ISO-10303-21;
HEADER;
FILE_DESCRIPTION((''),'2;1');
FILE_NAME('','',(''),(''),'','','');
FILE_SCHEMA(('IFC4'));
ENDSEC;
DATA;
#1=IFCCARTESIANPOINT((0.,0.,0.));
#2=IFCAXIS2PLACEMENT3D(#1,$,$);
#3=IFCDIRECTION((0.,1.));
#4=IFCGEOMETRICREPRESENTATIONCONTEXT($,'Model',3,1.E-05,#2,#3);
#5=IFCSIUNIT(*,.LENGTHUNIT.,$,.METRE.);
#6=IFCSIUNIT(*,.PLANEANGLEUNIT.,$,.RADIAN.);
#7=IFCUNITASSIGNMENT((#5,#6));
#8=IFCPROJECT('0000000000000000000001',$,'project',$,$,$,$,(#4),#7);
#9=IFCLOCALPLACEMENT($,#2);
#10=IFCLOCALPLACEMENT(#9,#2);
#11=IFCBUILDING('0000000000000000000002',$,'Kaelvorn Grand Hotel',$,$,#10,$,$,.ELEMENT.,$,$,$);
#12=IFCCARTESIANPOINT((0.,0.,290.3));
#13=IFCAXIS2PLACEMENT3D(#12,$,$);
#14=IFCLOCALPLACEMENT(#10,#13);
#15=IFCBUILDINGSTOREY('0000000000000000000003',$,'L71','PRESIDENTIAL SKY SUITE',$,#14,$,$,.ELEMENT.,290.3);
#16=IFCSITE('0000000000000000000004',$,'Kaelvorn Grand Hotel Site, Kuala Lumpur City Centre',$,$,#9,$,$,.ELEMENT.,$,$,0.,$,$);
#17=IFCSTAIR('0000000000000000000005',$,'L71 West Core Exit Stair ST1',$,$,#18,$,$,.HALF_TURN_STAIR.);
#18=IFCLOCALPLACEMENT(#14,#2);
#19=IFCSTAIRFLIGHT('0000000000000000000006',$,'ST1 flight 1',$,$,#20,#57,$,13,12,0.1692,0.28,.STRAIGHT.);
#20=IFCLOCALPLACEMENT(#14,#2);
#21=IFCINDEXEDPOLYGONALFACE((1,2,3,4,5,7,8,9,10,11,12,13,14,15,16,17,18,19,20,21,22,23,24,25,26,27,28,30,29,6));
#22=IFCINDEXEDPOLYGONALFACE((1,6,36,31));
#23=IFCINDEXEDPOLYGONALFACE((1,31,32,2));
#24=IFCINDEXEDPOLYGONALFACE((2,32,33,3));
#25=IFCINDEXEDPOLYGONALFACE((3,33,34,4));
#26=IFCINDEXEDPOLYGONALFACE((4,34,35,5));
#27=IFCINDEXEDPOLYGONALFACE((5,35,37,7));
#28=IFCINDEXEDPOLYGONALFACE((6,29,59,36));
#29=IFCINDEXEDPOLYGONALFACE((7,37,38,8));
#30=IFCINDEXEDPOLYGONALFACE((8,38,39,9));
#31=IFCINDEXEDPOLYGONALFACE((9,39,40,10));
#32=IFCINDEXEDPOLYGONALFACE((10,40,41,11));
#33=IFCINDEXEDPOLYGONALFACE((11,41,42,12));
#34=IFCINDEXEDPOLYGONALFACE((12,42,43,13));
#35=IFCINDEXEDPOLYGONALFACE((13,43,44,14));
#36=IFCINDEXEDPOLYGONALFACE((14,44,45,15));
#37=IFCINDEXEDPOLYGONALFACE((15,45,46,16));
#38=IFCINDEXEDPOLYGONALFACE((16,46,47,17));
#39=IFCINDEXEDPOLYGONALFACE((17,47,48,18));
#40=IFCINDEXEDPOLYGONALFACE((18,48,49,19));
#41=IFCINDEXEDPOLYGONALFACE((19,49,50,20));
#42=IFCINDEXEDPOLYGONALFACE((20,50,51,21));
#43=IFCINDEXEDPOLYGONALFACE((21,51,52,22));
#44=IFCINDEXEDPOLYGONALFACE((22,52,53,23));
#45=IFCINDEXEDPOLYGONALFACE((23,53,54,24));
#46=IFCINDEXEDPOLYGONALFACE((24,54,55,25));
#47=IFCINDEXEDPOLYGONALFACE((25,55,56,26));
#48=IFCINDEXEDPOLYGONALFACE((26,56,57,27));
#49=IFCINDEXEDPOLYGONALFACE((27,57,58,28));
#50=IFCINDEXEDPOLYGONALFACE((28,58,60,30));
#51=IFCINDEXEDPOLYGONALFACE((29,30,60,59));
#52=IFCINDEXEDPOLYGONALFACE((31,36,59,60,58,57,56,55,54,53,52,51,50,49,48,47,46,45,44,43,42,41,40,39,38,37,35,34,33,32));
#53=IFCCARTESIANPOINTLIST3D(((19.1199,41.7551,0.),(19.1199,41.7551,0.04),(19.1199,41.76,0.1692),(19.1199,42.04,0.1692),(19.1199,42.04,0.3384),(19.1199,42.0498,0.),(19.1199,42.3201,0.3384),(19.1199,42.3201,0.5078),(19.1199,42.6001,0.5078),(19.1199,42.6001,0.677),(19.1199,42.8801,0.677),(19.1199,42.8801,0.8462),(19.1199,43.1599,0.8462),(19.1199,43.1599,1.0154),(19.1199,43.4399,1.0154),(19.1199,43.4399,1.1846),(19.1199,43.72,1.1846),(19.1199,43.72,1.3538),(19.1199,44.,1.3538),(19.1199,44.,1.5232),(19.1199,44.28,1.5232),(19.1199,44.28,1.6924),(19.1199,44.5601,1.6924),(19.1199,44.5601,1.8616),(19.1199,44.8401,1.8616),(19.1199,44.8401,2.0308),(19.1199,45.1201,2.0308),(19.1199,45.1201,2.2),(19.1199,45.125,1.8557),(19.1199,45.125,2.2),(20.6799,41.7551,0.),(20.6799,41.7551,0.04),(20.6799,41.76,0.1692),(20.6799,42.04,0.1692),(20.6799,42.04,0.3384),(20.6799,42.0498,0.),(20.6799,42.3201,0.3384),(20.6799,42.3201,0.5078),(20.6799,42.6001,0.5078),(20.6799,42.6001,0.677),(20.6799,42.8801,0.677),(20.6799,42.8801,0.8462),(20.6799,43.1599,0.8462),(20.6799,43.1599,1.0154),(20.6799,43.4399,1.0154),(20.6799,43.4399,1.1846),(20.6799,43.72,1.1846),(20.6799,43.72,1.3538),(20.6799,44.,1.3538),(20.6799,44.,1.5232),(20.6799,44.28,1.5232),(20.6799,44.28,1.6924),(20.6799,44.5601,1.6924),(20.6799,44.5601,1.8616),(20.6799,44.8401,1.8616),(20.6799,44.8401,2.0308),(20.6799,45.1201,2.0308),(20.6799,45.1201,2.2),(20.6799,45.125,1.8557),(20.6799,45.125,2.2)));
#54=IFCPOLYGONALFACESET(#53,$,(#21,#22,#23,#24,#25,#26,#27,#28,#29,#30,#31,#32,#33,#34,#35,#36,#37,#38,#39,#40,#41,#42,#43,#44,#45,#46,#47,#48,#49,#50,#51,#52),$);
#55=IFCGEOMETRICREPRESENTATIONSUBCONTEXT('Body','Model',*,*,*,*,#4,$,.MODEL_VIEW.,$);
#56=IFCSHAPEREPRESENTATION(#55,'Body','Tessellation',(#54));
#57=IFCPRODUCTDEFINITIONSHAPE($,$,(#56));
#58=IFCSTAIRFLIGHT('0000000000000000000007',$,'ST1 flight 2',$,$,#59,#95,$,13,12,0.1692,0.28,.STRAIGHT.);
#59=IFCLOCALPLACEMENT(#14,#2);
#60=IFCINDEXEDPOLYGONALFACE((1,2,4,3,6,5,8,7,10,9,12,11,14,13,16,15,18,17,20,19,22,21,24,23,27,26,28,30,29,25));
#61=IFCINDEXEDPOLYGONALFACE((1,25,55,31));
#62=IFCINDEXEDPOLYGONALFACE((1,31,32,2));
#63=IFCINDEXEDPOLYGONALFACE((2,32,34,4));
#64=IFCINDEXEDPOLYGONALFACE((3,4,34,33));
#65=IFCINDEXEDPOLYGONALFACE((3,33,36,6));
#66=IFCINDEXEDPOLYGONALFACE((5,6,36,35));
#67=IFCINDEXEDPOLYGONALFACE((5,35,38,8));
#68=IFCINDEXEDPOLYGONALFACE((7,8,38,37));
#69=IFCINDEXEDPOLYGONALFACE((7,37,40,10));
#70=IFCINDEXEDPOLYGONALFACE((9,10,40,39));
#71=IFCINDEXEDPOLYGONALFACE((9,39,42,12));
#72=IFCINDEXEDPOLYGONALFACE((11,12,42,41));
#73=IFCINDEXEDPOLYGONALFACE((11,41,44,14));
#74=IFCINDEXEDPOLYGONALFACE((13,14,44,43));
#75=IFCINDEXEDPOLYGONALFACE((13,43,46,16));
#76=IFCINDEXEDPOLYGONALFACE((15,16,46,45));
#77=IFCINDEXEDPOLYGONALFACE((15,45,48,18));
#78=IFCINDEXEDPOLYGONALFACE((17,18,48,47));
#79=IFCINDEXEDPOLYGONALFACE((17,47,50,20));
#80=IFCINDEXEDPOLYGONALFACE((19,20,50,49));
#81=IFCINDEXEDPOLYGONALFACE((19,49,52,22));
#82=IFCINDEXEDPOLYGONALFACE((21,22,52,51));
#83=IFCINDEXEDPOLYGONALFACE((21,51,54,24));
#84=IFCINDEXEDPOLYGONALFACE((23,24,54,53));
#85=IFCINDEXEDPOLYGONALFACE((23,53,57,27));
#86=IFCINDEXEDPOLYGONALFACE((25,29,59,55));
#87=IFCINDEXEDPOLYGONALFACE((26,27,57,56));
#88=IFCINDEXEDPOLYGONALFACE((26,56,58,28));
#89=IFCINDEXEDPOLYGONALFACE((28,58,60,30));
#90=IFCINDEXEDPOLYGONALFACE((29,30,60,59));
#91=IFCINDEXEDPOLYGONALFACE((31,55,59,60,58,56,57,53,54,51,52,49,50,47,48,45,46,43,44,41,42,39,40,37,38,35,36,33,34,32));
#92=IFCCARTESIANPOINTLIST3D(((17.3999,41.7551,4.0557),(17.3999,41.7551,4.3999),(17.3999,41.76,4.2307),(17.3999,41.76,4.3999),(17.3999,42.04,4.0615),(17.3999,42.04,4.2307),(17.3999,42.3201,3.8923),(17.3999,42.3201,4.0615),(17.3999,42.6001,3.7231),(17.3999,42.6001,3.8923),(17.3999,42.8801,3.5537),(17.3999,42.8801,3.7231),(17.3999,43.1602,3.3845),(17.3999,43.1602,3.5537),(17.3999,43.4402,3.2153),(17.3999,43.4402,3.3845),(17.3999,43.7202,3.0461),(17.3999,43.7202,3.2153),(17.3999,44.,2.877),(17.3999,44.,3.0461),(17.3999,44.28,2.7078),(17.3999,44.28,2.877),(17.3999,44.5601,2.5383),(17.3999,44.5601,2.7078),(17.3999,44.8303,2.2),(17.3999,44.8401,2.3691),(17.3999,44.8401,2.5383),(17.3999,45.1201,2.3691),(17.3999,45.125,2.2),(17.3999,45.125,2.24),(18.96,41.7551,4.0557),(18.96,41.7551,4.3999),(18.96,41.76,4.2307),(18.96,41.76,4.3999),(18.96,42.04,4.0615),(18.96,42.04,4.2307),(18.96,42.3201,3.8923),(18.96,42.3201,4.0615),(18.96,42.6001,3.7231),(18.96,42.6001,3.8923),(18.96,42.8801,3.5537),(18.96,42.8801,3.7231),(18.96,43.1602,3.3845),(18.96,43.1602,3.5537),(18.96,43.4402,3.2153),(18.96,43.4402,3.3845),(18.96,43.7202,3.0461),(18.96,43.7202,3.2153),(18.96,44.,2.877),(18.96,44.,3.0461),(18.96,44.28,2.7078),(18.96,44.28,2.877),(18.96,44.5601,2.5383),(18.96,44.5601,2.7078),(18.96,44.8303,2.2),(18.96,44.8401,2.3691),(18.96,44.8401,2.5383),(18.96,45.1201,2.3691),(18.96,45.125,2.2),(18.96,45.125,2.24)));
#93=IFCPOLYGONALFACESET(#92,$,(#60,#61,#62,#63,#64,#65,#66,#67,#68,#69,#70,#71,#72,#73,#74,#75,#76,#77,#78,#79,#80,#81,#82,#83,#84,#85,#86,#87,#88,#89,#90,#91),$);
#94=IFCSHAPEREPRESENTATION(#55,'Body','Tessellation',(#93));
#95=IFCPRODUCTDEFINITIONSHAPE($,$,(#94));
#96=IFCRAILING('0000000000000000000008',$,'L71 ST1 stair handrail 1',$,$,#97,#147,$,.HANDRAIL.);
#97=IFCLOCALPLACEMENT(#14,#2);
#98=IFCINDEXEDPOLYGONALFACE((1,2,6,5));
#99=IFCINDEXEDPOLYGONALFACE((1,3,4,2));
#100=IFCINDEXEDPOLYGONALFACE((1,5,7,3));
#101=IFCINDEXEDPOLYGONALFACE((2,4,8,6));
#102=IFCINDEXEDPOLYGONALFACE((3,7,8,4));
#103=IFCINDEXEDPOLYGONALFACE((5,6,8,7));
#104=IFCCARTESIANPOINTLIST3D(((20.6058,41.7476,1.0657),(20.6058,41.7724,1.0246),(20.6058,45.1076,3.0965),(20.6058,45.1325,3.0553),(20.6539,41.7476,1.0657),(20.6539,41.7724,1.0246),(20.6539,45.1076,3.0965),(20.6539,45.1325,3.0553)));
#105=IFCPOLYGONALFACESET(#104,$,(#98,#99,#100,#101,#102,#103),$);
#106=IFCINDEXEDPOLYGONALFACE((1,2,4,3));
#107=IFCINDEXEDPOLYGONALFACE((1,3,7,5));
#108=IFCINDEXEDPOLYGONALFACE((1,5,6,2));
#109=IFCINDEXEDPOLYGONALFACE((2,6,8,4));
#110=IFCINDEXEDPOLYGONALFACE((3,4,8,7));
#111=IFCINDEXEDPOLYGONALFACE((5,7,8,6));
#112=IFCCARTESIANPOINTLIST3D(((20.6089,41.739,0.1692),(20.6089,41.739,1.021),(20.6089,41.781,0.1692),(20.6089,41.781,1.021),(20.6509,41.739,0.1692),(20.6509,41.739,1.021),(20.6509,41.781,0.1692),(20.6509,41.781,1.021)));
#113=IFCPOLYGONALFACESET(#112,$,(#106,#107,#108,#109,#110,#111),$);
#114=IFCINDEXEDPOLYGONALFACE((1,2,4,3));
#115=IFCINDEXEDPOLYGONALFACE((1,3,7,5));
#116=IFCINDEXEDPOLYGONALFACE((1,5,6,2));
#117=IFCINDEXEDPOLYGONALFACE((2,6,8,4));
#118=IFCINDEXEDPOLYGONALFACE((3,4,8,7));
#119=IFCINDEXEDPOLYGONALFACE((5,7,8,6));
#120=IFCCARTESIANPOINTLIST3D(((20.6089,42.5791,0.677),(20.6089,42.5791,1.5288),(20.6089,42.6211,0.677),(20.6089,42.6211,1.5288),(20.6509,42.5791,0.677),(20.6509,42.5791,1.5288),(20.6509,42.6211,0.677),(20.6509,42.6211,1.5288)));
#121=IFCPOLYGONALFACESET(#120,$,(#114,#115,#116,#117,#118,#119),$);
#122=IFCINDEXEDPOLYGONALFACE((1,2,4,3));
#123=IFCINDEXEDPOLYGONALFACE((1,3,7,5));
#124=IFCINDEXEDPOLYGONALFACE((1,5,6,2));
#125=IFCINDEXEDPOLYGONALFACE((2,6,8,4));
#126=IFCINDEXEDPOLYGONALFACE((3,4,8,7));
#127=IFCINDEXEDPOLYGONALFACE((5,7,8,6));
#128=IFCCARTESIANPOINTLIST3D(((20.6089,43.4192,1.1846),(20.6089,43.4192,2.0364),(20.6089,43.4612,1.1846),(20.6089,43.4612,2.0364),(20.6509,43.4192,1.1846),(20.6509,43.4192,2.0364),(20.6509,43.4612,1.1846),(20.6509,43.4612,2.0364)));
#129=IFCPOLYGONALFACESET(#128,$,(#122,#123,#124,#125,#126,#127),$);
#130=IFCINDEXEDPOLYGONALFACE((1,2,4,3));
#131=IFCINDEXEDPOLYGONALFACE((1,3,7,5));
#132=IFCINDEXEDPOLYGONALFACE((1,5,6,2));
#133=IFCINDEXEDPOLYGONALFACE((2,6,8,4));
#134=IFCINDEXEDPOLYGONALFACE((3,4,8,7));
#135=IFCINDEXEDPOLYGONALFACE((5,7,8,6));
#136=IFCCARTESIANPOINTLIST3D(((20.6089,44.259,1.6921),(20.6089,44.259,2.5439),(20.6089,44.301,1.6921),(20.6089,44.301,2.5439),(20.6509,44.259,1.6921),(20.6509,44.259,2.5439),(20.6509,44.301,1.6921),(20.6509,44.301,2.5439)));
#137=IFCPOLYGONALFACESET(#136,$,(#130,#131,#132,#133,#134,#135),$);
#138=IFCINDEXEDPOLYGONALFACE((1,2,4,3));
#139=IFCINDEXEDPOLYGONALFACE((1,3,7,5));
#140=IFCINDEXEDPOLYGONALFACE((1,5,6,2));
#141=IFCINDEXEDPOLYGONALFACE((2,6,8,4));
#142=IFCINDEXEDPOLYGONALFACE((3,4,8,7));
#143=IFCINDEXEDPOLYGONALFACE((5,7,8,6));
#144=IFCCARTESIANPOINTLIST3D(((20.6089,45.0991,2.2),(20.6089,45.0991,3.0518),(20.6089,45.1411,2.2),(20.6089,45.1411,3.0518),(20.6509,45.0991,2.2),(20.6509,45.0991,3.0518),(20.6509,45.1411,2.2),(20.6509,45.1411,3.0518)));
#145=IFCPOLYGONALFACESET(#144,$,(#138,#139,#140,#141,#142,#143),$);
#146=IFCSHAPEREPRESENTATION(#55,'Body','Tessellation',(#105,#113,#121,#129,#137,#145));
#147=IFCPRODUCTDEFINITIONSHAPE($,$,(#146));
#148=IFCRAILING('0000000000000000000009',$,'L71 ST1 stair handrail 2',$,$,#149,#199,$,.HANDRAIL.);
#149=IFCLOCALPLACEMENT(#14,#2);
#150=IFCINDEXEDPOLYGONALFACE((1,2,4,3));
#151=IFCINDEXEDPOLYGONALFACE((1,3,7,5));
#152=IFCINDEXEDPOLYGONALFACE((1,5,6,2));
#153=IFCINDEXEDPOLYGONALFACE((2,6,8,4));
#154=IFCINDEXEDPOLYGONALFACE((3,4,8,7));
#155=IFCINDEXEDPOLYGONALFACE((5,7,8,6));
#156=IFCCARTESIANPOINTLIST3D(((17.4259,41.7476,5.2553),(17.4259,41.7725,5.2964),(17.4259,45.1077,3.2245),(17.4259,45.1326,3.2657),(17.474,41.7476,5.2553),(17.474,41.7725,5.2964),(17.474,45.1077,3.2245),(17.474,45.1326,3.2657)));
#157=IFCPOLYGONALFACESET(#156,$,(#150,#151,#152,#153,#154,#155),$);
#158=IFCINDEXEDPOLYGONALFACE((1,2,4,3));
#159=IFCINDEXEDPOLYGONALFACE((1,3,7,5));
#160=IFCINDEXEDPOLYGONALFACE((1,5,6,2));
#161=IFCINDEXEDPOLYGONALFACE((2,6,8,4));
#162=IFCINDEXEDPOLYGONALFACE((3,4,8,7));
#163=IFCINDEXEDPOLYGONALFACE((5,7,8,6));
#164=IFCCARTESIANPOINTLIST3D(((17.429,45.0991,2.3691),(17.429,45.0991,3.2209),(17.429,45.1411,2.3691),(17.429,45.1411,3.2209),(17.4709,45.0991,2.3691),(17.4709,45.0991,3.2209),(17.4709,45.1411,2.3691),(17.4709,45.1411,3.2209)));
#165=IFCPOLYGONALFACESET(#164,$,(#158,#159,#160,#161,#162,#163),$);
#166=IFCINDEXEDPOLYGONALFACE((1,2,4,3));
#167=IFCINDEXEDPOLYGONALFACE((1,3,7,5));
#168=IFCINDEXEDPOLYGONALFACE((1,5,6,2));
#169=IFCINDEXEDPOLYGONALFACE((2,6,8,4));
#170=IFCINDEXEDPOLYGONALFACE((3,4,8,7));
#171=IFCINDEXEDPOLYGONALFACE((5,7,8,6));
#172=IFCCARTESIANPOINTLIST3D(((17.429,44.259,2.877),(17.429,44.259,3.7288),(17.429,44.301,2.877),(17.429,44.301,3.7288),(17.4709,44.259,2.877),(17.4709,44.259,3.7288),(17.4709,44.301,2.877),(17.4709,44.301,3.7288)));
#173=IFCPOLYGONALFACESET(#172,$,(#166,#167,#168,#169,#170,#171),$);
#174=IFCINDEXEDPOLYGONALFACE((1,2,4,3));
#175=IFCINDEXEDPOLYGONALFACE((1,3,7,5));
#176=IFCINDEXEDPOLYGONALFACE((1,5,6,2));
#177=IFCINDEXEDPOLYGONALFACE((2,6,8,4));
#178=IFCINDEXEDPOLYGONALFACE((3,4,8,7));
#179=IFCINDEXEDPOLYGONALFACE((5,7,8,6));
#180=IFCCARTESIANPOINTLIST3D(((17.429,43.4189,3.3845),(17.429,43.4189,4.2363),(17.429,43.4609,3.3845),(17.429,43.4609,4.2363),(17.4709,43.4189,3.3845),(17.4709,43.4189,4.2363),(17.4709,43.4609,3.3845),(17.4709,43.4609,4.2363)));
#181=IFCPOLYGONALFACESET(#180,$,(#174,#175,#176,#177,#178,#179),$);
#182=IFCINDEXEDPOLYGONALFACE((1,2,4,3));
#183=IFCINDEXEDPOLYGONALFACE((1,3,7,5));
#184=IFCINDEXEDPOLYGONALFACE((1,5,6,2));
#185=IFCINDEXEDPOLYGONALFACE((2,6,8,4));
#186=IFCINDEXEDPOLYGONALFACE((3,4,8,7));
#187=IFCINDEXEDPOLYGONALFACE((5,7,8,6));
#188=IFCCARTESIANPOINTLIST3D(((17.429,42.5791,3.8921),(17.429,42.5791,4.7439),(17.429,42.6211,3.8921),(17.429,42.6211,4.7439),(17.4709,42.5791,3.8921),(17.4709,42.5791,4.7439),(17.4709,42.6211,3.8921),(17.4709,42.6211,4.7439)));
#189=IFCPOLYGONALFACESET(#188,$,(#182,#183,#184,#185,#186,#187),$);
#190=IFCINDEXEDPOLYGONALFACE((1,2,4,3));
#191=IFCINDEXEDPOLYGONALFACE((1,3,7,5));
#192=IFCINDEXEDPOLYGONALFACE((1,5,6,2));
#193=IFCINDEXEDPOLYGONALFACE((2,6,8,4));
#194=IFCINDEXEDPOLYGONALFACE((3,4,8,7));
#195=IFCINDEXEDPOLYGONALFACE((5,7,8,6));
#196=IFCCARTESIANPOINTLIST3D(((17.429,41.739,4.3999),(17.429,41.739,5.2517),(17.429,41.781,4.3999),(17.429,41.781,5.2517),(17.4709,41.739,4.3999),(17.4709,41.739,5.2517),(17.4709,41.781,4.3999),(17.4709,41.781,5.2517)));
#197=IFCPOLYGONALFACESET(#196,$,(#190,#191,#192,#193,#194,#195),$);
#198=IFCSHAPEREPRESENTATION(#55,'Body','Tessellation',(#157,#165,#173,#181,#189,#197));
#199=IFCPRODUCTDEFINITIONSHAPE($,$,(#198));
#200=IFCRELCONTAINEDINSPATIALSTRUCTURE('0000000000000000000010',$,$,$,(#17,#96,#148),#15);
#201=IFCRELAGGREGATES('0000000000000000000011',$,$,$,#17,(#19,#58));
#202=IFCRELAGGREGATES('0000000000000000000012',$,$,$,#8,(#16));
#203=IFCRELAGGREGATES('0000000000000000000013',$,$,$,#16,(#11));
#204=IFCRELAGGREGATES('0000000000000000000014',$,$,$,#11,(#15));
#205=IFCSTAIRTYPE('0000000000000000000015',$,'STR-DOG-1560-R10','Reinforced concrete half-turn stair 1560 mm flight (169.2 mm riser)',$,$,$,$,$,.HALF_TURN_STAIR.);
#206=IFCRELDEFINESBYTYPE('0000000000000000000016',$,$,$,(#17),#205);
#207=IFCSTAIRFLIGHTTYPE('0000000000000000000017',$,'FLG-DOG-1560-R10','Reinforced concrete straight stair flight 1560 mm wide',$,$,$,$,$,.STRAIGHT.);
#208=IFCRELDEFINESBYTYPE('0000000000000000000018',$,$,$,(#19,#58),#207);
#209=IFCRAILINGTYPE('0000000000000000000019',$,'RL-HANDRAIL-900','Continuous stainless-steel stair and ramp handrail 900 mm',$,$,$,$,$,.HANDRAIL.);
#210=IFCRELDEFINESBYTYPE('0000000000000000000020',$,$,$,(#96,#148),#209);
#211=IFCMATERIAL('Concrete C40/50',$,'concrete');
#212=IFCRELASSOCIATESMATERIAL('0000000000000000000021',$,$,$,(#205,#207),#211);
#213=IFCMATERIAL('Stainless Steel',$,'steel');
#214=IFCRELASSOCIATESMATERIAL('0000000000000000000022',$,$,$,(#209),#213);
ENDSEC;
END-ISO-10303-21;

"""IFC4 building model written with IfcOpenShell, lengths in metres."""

from ifc_helpers import new_model, si_unit, direction, frame, origin, origin_2d, place, context, subcontext, project, spatial, polyline, rectangle, outline, extrude, material, type_object, element, aggregate, save


model = new_model("IFC4")

# Units and contexts
model_context = context("Model", 3, precision=1e-05, world=origin(), true_north=direction((0.0, 1.0)))
body_context = subcontext(model_context, "Body", "Model", "MODEL_VIEW")
ifc_project = project(units=[si_unit("LENGTHUNIT", "METRE"), si_unit("PLANEANGLEUNIT", "RADIAN")], contexts=[model_context])

# Site, building, storey
site_placement = place(None, origin())
site = spatial("IfcSite", under=ifc_project, at=site_placement, Name="Kaelvorn Grand Hotel Site, Kuala Lumpur City Centre", CompositionType="ELEMENT", RefElevation=0.0)
building_placement = place(site_placement, origin())
building = spatial("IfcBuilding", under=site, at=building_placement, Name="Kaelvorn Grand Hotel", CompositionType="ELEMENT")
storey_placement = place(building_placement, frame((0.0, 0.0, 290.3)))
storey = spatial("IfcBuildingStorey", under=building, at=storey_placement, Name="L71", Description="PRESIDENTIAL SKY SUITE", CompositionType="ELEMENT", Elevation=290.3)

# Shared definitions
ifc_material_1 = material(Name="Concrete C40/50", Category="concrete")

# Stair, stair flights
stair_type = type_object("IfcStairType", Name="STR-DOG-1560-R10", Description="Reinforced concrete half-turn stair 1560 mm flight (169.2 mm riser)", PredefinedType="HALF_TURN_STAIR", material=ifc_material_1)
stair_placement = place(storey_placement, origin())
stair = element("IfcStair", 1, at=stair_placement, inside=storey, type_object=stair_type, Name="L71 West Core Exit Stair ST1", PredefinedType="HALF_TURN_STAIR")
stair_flight_type = type_object("IfcStairFlightType", Name="FLG-DOG-1560-R10", Description="Reinforced concrete straight stair flight 1560 mm wide", PredefinedType="STRAIGHT", material=ifc_material_1)
stair_flight_1_placement = place(storey_placement, frame((19.8999, 41.76, 0.0), z_axis=(0.0, 0.0, 1.0), x_axis=(0.0, 1.0, 0.0)))
stair_flight_1 = element("IfcStairFlight", 2, at=stair_flight_1_placement, type_object=stair_flight_type, Name="ST1 flight 1", NumberOfRisers=13, NumberOfTreads=12, PredefinedType="STRAIGHT", RiserHeight=0.1692, TreadLength=0.28, context=body_context, shape_type="SweptSolid", body=[
    extrude(outline(polyline([(-0.0049, 0.0), (-0.0049, 0.04), (0.0, 0.1692), (0.28, 0.1692), (0.28, 0.3384), (0.5601, 0.3384), (0.5601, 0.5078), (0.8401, 0.5078), (0.8401, 0.677), (1.1201, 0.677), (1.1201, 0.8462), (1.3999, 0.8462), (1.3999, 1.0154), (1.6799, 1.0154), (1.6799, 1.1846), (1.96, 1.1846), (1.96, 1.3538), (2.24, 1.3538), (2.24, 1.5232), (2.52, 1.5232), (2.52, 1.6924), (2.8, 1.6924), (2.8, 1.8616), (3.0801, 1.8616), (3.0801, 2.0308), (3.3601, 2.0308), (3.3601, 2.2), (3.365, 2.2), (3.365, 1.8557), (0.2898, 0.0), (-0.0049, 0.0)])), frame((0.0, 0.78, 0.0), z_axis=(0.0, -1.0, 0.0), x_axis=(1.0, 0.0, 0.0)), (0.0, 0.0, 1.0), 1.5601),
])
stair_flight_2_placement = place(storey_placement, frame((18.1799, 45.1201, 2.2), z_axis=(0.0, 0.0, 1.0), x_axis=(0.0, -1.0, 0.0)))
stair_flight_2 = element("IfcStairFlight", 3, at=stair_flight_2_placement, type_object=stair_flight_type, Name="ST1 flight 2", NumberOfRisers=13, NumberOfTreads=12, PredefinedType="STRAIGHT", RiserHeight=0.1692, TreadLength=0.28, context=body_context, shape_type="SweptSolid", body=[
    extrude(outline(polyline([(-0.0049, 0.0), (-0.0049, 0.04), (0.0, 0.1692), (0.28, 0.1692), (0.28, 0.3384), (0.5601, 0.3384), (0.5601, 0.5078), (0.8401, 0.5078), (0.8401, 0.677), (1.1201, 0.677), (1.1201, 0.8462), (1.3999, 0.8462), (1.3999, 1.0154), (1.6799, 1.0154), (1.6799, 1.1846), (1.96, 1.1846), (1.96, 1.3538), (2.24, 1.3538), (2.24, 1.5232), (2.52, 1.5232), (2.52, 1.6924), (2.8, 1.6924), (2.8, 1.8616), (3.0801, 1.8616), (3.0801, 2.0308), (3.3601, 2.0308), (3.3601, 2.2), (3.365, 2.2), (3.365, 1.8557), (0.2898, 0.0), (-0.0049, 0.0)])), frame((0.0, 0.78, 0.0), z_axis=(0.0, -1.0, 0.0), x_axis=(1.0, 0.0, 0.0)), (0.0, 0.0, 1.0), 1.5601),
])
aggregate(stair, [stair_flight_1, stair_flight_2])

# Railings
ifc_material_2 = material(Name="Stainless Steel", Category="steel")
railing_type_1 = type_object("IfcRailingType", Name="RL-HANDRAIL-900", Description="Continuous stainless-steel stair and ramp handrail 900 mm", PredefinedType="HANDRAIL", material=ifc_material_2)
railing_1_placement = place(storey_placement, frame((20.6299, 41.76, 0.1692)))
element("IfcRailing", 4, at=railing_1_placement, inside=storey, type_object=railing_type_1, Name="L71 ST1 stair handrail 1", PredefinedType="HANDRAIL", context=body_context, shape_type="SweptSolid", body=[
    extrude(rectangle(XDim=0.0481, YDim=0.0481, at=origin_2d()), frame((0.0, 0.0, 0.876), z_axis=(0.0, 0.855837, 0.517246), x_axis=(-1.0, 0.0, 0.0)), (0.0, 0.0, 1.0), 3.926),
    extrude(rectangle(XDim=0.042, YDim=0.042, at=origin_2d()), origin(), (0.0, 0.0, 1.0), 0.8518),
    extrude(rectangle(XDim=0.042, YDim=0.042, at=origin_2d()), frame((0.0, 0.8401, 0.5078)), (0.0, 0.0, 1.0), 0.8518),
    extrude(rectangle(XDim=0.042, YDim=0.042, at=origin_2d()), frame((0.0, 1.6802, 1.0154)), (0.0, 0.0, 1.0), 0.8518),
    extrude(rectangle(XDim=0.042, YDim=0.042, at=origin_2d()), frame((0.0, 2.52, 1.5229)), (0.0, 0.0, 1.0), 0.8518),
    extrude(rectangle(XDim=0.042, YDim=0.042, at=origin_2d()), frame((0.0, 3.3601, 2.0308)), (0.0, 0.0, 1.0), 0.8518),
])
railing_2_placement = place(storey_placement, frame((17.45, 45.1201, 2.3691)))
element("IfcRailing", 5, at=railing_2_placement, inside=storey, type_object=railing_type_1, Name="L71 ST1 stair handrail 2", PredefinedType="HANDRAIL", context=body_context, shape_type="SweptSolid", body=[
    extrude(rectangle(XDim=0.0481, YDim=0.0481, at=origin_2d()), frame((0.0, 0.0, 0.876), z_axis=(0.0, -0.855837, 0.517246), x_axis=(1.0, 0.0, 0.0)), (0.0, 0.0, 1.0), 3.926),
    extrude(rectangle(XDim=0.042, YDim=0.042, at=origin_2d()), origin(), (0.0, 0.0, 1.0), 0.8518),
    extrude(rectangle(XDim=0.042, YDim=0.042, at=origin_2d()), frame((0.0, -0.8401, 0.5078)), (0.0, 0.0, 1.0), 0.8518),
    extrude(rectangle(XDim=0.042, YDim=0.042, at=origin_2d()), frame((0.0, -1.6802, 1.0154)), (0.0, 0.0, 1.0), 0.8518),
    extrude(rectangle(XDim=0.042, YDim=0.042, at=origin_2d()), frame((0.0, -2.52, 1.5229)), (0.0, 0.0, 1.0), 0.8518),
    extrude(rectangle(XDim=0.042, YDim=0.042, at=origin_2d()), frame((0.0, -3.3601, 2.0308)), (0.0, 0.0, 1.0), 0.8518),
])

save(model, "model.ifc")
